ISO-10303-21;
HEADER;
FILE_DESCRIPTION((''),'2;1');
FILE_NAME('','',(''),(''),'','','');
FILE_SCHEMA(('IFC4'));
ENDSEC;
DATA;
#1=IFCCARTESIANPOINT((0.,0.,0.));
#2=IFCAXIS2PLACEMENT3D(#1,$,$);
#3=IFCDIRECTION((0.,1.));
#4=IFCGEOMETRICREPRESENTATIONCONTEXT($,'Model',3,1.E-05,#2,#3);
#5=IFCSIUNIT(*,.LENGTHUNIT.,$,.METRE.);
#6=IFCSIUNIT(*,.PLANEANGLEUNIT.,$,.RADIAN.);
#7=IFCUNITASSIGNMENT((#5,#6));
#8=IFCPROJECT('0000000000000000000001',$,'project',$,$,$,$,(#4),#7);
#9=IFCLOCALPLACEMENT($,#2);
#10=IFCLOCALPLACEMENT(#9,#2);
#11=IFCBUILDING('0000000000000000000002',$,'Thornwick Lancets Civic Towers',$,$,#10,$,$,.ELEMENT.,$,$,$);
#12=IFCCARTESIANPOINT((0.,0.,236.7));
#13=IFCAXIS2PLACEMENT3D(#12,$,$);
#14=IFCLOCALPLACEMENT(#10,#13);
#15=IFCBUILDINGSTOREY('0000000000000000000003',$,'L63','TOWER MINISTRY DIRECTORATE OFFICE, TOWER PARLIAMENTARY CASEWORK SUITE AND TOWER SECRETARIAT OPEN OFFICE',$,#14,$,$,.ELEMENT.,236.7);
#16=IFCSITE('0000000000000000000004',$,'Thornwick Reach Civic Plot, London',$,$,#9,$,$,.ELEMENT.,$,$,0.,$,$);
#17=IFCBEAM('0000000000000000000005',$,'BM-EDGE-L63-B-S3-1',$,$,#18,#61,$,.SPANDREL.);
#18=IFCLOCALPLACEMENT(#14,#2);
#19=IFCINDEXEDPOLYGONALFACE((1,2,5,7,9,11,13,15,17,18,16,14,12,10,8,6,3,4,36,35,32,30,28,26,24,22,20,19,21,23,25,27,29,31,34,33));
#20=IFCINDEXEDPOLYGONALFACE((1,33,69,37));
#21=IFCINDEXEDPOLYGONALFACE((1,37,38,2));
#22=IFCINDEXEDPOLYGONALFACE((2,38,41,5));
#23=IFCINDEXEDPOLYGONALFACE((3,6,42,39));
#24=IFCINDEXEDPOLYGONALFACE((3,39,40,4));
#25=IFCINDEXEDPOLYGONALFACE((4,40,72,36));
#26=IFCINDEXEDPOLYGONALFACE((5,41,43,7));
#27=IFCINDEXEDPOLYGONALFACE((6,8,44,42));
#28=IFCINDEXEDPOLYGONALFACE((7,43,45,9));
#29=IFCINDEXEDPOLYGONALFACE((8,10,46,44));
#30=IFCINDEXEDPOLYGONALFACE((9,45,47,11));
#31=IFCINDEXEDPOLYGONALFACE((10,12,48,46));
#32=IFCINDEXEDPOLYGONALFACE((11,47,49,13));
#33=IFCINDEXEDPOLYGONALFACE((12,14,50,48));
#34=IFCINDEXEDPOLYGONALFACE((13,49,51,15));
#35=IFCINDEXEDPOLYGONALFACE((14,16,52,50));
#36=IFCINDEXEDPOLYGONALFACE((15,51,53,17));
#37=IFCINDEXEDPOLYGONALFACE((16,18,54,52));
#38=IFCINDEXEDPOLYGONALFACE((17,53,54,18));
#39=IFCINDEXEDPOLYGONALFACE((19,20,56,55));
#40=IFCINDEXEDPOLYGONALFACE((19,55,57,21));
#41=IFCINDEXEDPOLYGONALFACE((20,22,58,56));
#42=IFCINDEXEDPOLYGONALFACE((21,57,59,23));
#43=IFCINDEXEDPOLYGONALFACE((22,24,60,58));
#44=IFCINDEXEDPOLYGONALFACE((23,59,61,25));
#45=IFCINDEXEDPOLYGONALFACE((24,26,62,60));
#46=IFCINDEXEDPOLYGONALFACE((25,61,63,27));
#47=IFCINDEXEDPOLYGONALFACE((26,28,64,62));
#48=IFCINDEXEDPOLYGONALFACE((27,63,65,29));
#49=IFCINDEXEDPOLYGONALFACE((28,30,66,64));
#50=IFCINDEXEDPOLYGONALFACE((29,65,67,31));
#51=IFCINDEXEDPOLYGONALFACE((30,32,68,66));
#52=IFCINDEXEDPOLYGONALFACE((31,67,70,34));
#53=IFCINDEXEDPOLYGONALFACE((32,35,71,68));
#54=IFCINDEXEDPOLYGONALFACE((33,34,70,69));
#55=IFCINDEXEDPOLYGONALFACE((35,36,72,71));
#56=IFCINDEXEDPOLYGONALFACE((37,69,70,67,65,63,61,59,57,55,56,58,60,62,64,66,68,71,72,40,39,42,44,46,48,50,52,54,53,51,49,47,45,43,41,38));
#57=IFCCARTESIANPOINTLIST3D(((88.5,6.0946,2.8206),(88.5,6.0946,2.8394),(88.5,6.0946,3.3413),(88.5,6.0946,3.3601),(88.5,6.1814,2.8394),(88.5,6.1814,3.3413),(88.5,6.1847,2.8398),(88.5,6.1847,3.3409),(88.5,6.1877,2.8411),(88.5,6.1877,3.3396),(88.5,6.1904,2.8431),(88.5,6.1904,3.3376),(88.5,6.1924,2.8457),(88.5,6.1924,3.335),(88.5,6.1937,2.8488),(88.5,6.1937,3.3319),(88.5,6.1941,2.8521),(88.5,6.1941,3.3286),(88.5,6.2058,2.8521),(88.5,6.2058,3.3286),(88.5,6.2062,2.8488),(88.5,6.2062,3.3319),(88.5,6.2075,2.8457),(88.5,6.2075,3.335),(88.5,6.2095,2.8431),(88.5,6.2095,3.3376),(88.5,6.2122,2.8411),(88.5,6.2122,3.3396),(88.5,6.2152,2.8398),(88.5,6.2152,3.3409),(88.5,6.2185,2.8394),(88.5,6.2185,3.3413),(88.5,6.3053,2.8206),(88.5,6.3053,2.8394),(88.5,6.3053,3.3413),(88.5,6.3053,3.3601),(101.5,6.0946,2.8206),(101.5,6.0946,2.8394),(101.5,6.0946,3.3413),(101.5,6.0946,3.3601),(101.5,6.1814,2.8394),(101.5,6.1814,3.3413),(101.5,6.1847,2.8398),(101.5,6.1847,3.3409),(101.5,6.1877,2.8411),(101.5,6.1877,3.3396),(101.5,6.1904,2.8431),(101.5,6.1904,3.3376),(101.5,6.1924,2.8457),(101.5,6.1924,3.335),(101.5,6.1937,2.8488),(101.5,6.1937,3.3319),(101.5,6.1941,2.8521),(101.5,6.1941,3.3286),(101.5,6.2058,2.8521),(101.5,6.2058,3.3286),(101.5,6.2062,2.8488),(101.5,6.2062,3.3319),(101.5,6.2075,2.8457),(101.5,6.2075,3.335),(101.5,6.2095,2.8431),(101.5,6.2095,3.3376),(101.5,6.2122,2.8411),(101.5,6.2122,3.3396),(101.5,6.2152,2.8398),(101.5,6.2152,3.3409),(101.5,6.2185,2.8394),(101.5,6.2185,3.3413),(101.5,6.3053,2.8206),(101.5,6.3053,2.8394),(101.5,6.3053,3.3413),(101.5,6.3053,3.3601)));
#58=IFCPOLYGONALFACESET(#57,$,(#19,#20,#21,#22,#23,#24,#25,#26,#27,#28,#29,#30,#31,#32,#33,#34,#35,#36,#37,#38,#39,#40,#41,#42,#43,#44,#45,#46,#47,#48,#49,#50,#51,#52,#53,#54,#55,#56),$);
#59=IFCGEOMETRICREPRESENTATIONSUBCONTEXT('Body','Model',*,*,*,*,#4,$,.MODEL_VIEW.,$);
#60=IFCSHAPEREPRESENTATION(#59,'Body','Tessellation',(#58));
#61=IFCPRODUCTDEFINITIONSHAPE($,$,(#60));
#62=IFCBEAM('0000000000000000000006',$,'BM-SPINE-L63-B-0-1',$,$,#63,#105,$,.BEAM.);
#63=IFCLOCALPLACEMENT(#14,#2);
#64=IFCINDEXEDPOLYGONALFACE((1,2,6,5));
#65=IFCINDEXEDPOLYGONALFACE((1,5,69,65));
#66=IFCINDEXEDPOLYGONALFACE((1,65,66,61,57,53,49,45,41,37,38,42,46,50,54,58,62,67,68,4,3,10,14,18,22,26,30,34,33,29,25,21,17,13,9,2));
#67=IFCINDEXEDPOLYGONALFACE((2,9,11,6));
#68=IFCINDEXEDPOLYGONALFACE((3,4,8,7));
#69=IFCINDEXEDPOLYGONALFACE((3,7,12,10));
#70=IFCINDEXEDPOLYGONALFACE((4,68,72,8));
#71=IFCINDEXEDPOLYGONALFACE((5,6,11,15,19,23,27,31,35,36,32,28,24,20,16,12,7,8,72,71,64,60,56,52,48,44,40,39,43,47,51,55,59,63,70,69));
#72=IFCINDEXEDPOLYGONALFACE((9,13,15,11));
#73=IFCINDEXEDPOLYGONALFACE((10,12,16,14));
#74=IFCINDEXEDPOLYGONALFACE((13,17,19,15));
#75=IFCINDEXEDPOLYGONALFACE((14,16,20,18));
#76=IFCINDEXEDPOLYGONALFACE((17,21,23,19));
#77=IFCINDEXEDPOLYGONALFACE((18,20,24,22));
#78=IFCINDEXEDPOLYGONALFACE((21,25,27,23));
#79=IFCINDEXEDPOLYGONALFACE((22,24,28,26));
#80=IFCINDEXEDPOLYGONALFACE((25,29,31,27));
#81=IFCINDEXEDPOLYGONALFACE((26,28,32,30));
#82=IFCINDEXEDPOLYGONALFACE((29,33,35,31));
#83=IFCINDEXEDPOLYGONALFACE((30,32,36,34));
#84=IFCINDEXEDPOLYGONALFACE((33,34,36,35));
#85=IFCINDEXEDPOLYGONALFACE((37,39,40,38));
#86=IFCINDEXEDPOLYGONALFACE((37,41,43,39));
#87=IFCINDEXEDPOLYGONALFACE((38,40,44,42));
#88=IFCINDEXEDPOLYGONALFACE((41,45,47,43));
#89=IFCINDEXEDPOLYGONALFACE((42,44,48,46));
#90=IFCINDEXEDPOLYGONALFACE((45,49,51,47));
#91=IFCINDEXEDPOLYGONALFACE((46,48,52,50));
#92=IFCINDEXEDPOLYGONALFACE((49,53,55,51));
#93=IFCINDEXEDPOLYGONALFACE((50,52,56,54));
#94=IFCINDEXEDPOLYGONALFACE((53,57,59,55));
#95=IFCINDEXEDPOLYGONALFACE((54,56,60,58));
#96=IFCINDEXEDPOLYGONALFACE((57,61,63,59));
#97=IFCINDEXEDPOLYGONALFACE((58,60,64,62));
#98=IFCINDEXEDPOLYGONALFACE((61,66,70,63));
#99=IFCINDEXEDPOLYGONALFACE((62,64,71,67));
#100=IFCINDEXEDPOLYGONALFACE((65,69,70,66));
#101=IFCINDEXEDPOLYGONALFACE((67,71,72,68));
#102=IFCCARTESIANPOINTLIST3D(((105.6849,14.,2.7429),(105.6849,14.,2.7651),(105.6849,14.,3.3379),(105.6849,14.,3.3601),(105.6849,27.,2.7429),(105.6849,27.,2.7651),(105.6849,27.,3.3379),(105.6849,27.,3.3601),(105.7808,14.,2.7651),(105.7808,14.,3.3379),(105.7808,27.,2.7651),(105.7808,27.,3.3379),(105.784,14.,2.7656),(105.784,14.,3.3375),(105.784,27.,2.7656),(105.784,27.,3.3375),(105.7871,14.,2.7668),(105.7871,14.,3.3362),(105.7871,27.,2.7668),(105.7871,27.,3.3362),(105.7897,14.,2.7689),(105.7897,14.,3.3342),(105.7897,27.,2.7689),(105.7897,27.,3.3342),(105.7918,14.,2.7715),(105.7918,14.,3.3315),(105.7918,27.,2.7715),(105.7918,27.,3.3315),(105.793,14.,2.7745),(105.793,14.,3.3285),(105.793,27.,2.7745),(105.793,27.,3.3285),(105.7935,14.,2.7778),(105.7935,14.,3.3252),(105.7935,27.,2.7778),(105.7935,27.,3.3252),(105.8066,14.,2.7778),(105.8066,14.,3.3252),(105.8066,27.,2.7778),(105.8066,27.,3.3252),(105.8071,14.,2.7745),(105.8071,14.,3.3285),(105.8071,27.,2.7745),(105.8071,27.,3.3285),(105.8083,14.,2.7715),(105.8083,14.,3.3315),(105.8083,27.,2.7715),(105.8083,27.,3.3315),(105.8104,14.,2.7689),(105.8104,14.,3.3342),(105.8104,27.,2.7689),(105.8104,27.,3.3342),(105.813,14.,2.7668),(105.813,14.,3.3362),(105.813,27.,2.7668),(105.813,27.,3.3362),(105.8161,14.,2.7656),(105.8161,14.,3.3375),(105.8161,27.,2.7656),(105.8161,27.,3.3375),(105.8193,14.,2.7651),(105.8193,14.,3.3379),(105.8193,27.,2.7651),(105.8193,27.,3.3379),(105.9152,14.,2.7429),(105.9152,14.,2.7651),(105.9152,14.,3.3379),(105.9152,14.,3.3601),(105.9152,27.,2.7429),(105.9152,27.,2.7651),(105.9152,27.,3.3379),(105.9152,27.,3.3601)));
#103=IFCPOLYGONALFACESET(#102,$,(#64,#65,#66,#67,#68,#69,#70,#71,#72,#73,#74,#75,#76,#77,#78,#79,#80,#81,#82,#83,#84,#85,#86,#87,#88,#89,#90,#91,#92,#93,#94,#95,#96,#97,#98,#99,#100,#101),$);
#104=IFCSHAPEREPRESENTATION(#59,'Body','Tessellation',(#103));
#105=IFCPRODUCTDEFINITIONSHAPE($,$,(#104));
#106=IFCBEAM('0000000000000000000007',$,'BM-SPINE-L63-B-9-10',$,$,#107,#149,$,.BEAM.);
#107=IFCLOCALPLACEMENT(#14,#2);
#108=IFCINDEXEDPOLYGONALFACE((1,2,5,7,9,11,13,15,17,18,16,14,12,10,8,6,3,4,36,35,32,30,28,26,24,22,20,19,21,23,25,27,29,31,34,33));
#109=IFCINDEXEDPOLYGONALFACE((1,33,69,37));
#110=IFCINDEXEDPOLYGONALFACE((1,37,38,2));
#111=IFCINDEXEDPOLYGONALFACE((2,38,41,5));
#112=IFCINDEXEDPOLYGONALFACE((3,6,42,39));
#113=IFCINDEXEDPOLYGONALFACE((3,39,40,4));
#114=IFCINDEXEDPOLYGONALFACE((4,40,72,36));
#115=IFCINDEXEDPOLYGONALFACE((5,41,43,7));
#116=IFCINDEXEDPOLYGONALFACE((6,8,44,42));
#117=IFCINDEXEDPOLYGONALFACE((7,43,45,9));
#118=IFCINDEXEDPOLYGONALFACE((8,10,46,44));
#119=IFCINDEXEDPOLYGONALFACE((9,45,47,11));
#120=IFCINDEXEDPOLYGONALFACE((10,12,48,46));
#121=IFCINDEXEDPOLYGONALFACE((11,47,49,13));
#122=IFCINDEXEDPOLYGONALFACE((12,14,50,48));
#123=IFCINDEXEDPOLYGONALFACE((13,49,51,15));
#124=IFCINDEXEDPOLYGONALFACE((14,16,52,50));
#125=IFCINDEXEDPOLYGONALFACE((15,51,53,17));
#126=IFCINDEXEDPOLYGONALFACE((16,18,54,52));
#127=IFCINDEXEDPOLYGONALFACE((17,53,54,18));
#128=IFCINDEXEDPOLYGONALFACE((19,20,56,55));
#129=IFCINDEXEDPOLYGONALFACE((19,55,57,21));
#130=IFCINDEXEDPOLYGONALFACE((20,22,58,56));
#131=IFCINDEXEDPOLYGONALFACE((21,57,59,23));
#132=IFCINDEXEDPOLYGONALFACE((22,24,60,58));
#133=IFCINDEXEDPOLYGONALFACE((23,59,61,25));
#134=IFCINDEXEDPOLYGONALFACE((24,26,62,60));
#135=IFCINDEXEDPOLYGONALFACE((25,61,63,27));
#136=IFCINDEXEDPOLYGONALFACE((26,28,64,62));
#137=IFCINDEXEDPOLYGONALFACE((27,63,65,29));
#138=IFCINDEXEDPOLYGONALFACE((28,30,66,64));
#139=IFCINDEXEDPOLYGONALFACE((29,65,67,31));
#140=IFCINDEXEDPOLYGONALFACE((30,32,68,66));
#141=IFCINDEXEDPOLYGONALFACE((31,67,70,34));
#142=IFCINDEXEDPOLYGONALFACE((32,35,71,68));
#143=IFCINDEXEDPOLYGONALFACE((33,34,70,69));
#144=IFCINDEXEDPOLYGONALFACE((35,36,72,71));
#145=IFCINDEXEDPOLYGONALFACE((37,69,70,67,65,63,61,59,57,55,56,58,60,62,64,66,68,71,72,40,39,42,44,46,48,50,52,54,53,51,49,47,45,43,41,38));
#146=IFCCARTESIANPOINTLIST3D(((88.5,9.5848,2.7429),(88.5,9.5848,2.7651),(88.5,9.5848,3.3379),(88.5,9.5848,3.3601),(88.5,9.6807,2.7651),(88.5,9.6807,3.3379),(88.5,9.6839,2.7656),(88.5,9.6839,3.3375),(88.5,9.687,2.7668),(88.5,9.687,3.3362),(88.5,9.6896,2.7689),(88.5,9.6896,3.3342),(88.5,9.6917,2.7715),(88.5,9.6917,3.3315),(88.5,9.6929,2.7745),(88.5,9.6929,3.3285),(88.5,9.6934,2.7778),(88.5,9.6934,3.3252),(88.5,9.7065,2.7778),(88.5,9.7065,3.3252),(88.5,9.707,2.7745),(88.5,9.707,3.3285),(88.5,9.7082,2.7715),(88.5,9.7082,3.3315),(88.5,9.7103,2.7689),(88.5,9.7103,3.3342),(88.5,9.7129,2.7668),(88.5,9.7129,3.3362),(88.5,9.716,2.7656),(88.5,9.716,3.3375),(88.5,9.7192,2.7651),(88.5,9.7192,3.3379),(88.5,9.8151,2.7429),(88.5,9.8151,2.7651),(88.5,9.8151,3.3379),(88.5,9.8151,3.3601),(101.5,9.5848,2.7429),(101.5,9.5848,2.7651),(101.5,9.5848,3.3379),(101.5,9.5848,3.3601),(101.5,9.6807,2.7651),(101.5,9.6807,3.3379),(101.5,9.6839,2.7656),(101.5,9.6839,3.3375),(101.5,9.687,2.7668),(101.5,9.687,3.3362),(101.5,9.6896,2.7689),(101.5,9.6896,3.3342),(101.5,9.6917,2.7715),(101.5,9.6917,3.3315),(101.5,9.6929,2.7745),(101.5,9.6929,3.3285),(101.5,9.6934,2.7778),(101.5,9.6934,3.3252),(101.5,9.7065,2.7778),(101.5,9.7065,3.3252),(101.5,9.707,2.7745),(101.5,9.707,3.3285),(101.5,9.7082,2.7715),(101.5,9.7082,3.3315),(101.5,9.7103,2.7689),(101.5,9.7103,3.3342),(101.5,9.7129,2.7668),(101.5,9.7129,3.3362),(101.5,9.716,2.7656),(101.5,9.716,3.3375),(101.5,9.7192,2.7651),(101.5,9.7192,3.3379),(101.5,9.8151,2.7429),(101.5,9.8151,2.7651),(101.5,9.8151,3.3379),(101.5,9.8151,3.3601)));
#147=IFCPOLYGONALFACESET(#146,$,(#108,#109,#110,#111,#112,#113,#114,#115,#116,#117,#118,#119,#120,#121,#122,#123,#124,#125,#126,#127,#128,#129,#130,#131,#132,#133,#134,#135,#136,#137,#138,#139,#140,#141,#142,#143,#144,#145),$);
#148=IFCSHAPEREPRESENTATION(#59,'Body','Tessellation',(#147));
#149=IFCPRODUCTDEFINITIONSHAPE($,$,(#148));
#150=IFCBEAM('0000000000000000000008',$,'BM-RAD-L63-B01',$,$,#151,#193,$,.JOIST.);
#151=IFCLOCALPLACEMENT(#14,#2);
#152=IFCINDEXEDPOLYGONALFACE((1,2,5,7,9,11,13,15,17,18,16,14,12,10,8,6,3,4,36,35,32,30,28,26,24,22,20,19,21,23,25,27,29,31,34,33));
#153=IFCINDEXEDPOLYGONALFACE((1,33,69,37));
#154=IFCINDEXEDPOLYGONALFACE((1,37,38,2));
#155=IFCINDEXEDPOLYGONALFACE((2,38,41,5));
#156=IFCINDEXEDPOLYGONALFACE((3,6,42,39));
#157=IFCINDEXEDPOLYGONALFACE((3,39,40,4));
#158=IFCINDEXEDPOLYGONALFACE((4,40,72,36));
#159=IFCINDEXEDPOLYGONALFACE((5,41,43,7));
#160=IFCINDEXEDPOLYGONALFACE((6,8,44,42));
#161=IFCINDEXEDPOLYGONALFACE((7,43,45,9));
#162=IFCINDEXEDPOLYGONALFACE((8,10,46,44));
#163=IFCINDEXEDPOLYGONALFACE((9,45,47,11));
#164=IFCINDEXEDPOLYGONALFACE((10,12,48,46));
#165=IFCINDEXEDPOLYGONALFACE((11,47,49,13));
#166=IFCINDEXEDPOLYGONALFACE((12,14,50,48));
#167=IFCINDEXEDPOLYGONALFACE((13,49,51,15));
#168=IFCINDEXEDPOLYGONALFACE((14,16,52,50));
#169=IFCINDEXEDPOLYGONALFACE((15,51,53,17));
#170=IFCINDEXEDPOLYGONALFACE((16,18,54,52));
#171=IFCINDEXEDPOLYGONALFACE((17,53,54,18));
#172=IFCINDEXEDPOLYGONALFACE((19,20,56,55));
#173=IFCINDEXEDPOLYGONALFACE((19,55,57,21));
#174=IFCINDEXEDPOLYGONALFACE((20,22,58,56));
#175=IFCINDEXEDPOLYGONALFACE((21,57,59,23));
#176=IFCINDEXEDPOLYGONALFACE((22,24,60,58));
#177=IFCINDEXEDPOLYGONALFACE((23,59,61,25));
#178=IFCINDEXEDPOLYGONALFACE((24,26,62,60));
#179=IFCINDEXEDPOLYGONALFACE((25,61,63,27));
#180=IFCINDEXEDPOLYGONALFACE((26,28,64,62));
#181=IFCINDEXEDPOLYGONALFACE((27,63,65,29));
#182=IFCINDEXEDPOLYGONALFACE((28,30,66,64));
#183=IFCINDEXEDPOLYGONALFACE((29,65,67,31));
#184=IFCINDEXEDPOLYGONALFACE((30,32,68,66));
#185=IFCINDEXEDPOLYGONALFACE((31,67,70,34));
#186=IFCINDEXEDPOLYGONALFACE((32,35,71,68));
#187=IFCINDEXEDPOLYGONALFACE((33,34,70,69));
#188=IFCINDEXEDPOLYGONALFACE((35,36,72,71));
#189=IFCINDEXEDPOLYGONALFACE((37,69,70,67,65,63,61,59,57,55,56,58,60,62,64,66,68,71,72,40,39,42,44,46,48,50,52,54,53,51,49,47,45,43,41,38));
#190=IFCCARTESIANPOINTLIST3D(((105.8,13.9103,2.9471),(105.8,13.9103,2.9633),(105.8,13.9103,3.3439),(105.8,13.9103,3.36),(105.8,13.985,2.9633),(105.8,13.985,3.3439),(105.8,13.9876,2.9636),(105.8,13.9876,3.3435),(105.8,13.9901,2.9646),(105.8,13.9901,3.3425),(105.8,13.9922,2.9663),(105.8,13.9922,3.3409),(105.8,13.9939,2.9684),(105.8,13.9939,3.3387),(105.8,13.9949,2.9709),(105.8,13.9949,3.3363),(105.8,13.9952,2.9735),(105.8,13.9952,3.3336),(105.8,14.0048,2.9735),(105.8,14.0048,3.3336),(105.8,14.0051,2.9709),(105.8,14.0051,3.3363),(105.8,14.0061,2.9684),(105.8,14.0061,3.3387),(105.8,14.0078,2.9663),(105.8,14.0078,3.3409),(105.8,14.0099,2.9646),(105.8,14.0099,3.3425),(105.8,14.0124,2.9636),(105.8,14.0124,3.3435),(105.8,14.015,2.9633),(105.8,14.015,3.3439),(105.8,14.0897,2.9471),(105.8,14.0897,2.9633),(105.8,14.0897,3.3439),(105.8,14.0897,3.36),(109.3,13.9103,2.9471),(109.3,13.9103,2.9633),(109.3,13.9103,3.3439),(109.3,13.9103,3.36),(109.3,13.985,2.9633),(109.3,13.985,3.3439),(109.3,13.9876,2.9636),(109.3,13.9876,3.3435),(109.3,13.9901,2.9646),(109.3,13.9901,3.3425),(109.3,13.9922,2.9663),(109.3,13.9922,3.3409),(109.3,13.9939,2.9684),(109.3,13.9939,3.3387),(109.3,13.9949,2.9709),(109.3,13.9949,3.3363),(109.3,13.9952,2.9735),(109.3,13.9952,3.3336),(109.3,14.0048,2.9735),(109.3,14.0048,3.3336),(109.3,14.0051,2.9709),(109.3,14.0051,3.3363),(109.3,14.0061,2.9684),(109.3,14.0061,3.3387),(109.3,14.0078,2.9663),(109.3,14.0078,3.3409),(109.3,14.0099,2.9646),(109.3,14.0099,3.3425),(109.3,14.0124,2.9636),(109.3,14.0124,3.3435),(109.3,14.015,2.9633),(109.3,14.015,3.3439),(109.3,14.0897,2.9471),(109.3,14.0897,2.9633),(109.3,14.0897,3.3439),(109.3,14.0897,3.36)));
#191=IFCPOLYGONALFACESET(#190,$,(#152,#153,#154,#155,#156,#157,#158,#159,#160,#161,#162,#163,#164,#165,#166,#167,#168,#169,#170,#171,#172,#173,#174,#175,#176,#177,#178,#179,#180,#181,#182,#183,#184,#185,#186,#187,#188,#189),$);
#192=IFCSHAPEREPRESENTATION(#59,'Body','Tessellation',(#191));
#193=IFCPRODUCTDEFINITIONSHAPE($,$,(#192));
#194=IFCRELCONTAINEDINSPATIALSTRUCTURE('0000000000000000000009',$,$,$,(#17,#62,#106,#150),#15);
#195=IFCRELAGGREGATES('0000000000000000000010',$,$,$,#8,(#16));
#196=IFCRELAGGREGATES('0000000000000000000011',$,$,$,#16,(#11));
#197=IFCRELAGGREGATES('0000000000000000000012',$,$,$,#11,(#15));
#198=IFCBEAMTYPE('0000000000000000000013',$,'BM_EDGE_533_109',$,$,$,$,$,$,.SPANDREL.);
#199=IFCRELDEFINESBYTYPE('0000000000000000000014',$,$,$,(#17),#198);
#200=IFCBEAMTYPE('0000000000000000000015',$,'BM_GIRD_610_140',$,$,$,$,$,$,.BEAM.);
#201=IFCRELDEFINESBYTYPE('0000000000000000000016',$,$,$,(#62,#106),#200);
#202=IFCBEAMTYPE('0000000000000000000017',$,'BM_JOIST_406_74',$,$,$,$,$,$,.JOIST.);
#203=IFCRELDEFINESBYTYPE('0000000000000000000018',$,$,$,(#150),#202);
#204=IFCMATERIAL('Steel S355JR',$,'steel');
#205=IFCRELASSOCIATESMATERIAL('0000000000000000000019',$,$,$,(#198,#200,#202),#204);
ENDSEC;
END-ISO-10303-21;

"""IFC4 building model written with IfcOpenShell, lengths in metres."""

from ifc_helpers import new_model, si_unit, direction, frame, origin, origin_2d, place, context, subcontext, project, spatial, i_section, extrude, material, material_profile, profile_set, type_object, element, save


model = new_model("IFC4")

# Units and contexts
model_context = context("Model", 3, precision=1e-05, world=origin(), true_north=direction((0.0, 1.0)))
body_context = subcontext(model_context, "Body", "Model", "MODEL_VIEW")
ifc_project = project(units=[si_unit("LENGTHUNIT", "METRE"), si_unit("PLANEANGLEUNIT", "RADIAN")], contexts=[model_context])

# Site, building, storey
site_placement = place(None, origin())
site = spatial("IfcSite", under=ifc_project, at=site_placement, Name="Thornwick Reach Civic Plot, London", CompositionType="ELEMENT", RefElevation=0.0)
building_placement = place(site_placement, origin())
building = spatial("IfcBuilding", under=site, at=building_placement, Name="Thornwick Lancets Civic Towers", CompositionType="ELEMENT")
storey_placement = place(building_placement, frame((0.0, 0.0, 236.7)))
storey = spatial("IfcBuildingStorey", under=building, at=storey_placement, Name="L63", Description="TOWER MINISTRY DIRECTORATE OFFICE, TOWER PARLIAMENTARY CASEWORK SUITE AND TOWER SECRETARIAT OPEN OFFICE", CompositionType="ELEMENT", Elevation=236.7)

# Shared definitions
ifc_material_1 = material(Name="Steel S355JR", Category="steel")

# Beams
ifc_material_profile_1 = material_profile(ifc_material_1, i_section(OverallWidth=0.2107, OverallDepth=0.5396, WebThickness=0.0117, FlangeThickness=0.0188, FilletRadius=0.0127, at=origin_2d()), Name="UKB 533x210x109")
ifc_profile_set_1 = profile_set([ifc_material_profile_1], Name="Steel S355JR")
beam_type_1 = type_object("IfcBeamType", Name="BM_EDGE_533_109", PredefinedType="SPANDREL", material=ifc_profile_set_1)
for number, where, z_axis, x_axis, name in (
    (1, (101.5, 6.2, 3.0903), (-1.0, 0.0, 0.0), (0.0, -1.0, 0.0), "BM-EDGE-L63-B-S3-1"),
):
    element("IfcBeam", number, at=place(storey_placement, frame(where, z_axis=z_axis, x_axis=x_axis)), inside=storey, type_object=beam_type_1, Name=name, PredefinedType="SPANDREL", context=body_context, shape_type="SweptSolid", body=[
        extrude(i_section(OverallWidth=0.2107, OverallDepth=0.5396, WebThickness=0.0117, FlangeThickness=0.0188, FilletRadius=0.0127, at=origin_2d()), origin(), (0.0, 0.0, 1.0), 13.0),
    ])
ifc_material_profile_2 = material_profile(ifc_material_1, i_section(OverallWidth=0.2302, OverallDepth=0.6172, WebThickness=0.0132, FlangeThickness=0.0222, FilletRadius=0.0127, at=origin_2d()), Name="UKB 610x229x140")
ifc_profile_set_2 = profile_set([ifc_material_profile_2], Name="Steel S355JR")
beam_type_2 = type_object("IfcBeamType", Name="BM_GIRD_610_140", PredefinedType="BEAM", material=ifc_profile_set_2)
for number, where, z_axis, x_axis, name in (
    (2, (105.8, 14.0, 3.0515), (0.0, 1.0, 0.0), (-1.0, 0.0, 0.0), "BM-SPINE-L63-B-0-1"),
    (3, (101.5, 9.7, 3.0515), (-1.0, 0.0, 0.0), (0.0, -1.0, 0.0), "BM-SPINE-L63-B-9-10"),
):
    element("IfcBeam", number, at=place(storey_placement, frame(where, z_axis=z_axis, x_axis=x_axis)), inside=storey, type_object=beam_type_2, Name=name, PredefinedType="BEAM", context=body_context, shape_type="SweptSolid", body=[
        extrude(i_section(OverallWidth=0.2302, OverallDepth=0.6172, WebThickness=0.0132, FlangeThickness=0.0222, FilletRadius=0.0127, at=origin_2d()), origin(), (0.0, 0.0, 1.0), 13.0),
    ])
ifc_material_profile_3 = material_profile(ifc_material_1, i_section(OverallWidth=0.1794, OverallDepth=0.4128, WebThickness=0.0095, FlangeThickness=0.0161, FilletRadius=0.0103, at=origin_2d()), Name="UKB 406x178x74")
ifc_profile_set_3 = profile_set([ifc_material_profile_3], Name="Steel S355JR")
beam_type_3 = type_object("IfcBeamType", Name="BM_JOIST_406_74", PredefinedType="JOIST", material=ifc_profile_set_3)
for number, where, z_axis, x_axis, name in (
    (4, (105.8, 14.0, 3.1536), (1.0, 0.0, 0.0), (0.0, 1.0, 0.0), "BM-RAD-L63-B01"),
):
    element("IfcBeam", number, at=place(storey_placement, frame(where, z_axis=z_axis, x_axis=x_axis)), inside=storey, type_object=beam_type_3, Name=name, PredefinedType="JOIST", context=body_context, shape_type="SweptSolid", body=[
        extrude(i_section(OverallWidth=0.1794, OverallDepth=0.4128, WebThickness=0.0095, FlangeThickness=0.0161, FilletRadius=0.0103, at=origin_2d()), origin(), (0.0, 0.0, 1.0), 3.5),
    ])

save(model, "model.ifc")
